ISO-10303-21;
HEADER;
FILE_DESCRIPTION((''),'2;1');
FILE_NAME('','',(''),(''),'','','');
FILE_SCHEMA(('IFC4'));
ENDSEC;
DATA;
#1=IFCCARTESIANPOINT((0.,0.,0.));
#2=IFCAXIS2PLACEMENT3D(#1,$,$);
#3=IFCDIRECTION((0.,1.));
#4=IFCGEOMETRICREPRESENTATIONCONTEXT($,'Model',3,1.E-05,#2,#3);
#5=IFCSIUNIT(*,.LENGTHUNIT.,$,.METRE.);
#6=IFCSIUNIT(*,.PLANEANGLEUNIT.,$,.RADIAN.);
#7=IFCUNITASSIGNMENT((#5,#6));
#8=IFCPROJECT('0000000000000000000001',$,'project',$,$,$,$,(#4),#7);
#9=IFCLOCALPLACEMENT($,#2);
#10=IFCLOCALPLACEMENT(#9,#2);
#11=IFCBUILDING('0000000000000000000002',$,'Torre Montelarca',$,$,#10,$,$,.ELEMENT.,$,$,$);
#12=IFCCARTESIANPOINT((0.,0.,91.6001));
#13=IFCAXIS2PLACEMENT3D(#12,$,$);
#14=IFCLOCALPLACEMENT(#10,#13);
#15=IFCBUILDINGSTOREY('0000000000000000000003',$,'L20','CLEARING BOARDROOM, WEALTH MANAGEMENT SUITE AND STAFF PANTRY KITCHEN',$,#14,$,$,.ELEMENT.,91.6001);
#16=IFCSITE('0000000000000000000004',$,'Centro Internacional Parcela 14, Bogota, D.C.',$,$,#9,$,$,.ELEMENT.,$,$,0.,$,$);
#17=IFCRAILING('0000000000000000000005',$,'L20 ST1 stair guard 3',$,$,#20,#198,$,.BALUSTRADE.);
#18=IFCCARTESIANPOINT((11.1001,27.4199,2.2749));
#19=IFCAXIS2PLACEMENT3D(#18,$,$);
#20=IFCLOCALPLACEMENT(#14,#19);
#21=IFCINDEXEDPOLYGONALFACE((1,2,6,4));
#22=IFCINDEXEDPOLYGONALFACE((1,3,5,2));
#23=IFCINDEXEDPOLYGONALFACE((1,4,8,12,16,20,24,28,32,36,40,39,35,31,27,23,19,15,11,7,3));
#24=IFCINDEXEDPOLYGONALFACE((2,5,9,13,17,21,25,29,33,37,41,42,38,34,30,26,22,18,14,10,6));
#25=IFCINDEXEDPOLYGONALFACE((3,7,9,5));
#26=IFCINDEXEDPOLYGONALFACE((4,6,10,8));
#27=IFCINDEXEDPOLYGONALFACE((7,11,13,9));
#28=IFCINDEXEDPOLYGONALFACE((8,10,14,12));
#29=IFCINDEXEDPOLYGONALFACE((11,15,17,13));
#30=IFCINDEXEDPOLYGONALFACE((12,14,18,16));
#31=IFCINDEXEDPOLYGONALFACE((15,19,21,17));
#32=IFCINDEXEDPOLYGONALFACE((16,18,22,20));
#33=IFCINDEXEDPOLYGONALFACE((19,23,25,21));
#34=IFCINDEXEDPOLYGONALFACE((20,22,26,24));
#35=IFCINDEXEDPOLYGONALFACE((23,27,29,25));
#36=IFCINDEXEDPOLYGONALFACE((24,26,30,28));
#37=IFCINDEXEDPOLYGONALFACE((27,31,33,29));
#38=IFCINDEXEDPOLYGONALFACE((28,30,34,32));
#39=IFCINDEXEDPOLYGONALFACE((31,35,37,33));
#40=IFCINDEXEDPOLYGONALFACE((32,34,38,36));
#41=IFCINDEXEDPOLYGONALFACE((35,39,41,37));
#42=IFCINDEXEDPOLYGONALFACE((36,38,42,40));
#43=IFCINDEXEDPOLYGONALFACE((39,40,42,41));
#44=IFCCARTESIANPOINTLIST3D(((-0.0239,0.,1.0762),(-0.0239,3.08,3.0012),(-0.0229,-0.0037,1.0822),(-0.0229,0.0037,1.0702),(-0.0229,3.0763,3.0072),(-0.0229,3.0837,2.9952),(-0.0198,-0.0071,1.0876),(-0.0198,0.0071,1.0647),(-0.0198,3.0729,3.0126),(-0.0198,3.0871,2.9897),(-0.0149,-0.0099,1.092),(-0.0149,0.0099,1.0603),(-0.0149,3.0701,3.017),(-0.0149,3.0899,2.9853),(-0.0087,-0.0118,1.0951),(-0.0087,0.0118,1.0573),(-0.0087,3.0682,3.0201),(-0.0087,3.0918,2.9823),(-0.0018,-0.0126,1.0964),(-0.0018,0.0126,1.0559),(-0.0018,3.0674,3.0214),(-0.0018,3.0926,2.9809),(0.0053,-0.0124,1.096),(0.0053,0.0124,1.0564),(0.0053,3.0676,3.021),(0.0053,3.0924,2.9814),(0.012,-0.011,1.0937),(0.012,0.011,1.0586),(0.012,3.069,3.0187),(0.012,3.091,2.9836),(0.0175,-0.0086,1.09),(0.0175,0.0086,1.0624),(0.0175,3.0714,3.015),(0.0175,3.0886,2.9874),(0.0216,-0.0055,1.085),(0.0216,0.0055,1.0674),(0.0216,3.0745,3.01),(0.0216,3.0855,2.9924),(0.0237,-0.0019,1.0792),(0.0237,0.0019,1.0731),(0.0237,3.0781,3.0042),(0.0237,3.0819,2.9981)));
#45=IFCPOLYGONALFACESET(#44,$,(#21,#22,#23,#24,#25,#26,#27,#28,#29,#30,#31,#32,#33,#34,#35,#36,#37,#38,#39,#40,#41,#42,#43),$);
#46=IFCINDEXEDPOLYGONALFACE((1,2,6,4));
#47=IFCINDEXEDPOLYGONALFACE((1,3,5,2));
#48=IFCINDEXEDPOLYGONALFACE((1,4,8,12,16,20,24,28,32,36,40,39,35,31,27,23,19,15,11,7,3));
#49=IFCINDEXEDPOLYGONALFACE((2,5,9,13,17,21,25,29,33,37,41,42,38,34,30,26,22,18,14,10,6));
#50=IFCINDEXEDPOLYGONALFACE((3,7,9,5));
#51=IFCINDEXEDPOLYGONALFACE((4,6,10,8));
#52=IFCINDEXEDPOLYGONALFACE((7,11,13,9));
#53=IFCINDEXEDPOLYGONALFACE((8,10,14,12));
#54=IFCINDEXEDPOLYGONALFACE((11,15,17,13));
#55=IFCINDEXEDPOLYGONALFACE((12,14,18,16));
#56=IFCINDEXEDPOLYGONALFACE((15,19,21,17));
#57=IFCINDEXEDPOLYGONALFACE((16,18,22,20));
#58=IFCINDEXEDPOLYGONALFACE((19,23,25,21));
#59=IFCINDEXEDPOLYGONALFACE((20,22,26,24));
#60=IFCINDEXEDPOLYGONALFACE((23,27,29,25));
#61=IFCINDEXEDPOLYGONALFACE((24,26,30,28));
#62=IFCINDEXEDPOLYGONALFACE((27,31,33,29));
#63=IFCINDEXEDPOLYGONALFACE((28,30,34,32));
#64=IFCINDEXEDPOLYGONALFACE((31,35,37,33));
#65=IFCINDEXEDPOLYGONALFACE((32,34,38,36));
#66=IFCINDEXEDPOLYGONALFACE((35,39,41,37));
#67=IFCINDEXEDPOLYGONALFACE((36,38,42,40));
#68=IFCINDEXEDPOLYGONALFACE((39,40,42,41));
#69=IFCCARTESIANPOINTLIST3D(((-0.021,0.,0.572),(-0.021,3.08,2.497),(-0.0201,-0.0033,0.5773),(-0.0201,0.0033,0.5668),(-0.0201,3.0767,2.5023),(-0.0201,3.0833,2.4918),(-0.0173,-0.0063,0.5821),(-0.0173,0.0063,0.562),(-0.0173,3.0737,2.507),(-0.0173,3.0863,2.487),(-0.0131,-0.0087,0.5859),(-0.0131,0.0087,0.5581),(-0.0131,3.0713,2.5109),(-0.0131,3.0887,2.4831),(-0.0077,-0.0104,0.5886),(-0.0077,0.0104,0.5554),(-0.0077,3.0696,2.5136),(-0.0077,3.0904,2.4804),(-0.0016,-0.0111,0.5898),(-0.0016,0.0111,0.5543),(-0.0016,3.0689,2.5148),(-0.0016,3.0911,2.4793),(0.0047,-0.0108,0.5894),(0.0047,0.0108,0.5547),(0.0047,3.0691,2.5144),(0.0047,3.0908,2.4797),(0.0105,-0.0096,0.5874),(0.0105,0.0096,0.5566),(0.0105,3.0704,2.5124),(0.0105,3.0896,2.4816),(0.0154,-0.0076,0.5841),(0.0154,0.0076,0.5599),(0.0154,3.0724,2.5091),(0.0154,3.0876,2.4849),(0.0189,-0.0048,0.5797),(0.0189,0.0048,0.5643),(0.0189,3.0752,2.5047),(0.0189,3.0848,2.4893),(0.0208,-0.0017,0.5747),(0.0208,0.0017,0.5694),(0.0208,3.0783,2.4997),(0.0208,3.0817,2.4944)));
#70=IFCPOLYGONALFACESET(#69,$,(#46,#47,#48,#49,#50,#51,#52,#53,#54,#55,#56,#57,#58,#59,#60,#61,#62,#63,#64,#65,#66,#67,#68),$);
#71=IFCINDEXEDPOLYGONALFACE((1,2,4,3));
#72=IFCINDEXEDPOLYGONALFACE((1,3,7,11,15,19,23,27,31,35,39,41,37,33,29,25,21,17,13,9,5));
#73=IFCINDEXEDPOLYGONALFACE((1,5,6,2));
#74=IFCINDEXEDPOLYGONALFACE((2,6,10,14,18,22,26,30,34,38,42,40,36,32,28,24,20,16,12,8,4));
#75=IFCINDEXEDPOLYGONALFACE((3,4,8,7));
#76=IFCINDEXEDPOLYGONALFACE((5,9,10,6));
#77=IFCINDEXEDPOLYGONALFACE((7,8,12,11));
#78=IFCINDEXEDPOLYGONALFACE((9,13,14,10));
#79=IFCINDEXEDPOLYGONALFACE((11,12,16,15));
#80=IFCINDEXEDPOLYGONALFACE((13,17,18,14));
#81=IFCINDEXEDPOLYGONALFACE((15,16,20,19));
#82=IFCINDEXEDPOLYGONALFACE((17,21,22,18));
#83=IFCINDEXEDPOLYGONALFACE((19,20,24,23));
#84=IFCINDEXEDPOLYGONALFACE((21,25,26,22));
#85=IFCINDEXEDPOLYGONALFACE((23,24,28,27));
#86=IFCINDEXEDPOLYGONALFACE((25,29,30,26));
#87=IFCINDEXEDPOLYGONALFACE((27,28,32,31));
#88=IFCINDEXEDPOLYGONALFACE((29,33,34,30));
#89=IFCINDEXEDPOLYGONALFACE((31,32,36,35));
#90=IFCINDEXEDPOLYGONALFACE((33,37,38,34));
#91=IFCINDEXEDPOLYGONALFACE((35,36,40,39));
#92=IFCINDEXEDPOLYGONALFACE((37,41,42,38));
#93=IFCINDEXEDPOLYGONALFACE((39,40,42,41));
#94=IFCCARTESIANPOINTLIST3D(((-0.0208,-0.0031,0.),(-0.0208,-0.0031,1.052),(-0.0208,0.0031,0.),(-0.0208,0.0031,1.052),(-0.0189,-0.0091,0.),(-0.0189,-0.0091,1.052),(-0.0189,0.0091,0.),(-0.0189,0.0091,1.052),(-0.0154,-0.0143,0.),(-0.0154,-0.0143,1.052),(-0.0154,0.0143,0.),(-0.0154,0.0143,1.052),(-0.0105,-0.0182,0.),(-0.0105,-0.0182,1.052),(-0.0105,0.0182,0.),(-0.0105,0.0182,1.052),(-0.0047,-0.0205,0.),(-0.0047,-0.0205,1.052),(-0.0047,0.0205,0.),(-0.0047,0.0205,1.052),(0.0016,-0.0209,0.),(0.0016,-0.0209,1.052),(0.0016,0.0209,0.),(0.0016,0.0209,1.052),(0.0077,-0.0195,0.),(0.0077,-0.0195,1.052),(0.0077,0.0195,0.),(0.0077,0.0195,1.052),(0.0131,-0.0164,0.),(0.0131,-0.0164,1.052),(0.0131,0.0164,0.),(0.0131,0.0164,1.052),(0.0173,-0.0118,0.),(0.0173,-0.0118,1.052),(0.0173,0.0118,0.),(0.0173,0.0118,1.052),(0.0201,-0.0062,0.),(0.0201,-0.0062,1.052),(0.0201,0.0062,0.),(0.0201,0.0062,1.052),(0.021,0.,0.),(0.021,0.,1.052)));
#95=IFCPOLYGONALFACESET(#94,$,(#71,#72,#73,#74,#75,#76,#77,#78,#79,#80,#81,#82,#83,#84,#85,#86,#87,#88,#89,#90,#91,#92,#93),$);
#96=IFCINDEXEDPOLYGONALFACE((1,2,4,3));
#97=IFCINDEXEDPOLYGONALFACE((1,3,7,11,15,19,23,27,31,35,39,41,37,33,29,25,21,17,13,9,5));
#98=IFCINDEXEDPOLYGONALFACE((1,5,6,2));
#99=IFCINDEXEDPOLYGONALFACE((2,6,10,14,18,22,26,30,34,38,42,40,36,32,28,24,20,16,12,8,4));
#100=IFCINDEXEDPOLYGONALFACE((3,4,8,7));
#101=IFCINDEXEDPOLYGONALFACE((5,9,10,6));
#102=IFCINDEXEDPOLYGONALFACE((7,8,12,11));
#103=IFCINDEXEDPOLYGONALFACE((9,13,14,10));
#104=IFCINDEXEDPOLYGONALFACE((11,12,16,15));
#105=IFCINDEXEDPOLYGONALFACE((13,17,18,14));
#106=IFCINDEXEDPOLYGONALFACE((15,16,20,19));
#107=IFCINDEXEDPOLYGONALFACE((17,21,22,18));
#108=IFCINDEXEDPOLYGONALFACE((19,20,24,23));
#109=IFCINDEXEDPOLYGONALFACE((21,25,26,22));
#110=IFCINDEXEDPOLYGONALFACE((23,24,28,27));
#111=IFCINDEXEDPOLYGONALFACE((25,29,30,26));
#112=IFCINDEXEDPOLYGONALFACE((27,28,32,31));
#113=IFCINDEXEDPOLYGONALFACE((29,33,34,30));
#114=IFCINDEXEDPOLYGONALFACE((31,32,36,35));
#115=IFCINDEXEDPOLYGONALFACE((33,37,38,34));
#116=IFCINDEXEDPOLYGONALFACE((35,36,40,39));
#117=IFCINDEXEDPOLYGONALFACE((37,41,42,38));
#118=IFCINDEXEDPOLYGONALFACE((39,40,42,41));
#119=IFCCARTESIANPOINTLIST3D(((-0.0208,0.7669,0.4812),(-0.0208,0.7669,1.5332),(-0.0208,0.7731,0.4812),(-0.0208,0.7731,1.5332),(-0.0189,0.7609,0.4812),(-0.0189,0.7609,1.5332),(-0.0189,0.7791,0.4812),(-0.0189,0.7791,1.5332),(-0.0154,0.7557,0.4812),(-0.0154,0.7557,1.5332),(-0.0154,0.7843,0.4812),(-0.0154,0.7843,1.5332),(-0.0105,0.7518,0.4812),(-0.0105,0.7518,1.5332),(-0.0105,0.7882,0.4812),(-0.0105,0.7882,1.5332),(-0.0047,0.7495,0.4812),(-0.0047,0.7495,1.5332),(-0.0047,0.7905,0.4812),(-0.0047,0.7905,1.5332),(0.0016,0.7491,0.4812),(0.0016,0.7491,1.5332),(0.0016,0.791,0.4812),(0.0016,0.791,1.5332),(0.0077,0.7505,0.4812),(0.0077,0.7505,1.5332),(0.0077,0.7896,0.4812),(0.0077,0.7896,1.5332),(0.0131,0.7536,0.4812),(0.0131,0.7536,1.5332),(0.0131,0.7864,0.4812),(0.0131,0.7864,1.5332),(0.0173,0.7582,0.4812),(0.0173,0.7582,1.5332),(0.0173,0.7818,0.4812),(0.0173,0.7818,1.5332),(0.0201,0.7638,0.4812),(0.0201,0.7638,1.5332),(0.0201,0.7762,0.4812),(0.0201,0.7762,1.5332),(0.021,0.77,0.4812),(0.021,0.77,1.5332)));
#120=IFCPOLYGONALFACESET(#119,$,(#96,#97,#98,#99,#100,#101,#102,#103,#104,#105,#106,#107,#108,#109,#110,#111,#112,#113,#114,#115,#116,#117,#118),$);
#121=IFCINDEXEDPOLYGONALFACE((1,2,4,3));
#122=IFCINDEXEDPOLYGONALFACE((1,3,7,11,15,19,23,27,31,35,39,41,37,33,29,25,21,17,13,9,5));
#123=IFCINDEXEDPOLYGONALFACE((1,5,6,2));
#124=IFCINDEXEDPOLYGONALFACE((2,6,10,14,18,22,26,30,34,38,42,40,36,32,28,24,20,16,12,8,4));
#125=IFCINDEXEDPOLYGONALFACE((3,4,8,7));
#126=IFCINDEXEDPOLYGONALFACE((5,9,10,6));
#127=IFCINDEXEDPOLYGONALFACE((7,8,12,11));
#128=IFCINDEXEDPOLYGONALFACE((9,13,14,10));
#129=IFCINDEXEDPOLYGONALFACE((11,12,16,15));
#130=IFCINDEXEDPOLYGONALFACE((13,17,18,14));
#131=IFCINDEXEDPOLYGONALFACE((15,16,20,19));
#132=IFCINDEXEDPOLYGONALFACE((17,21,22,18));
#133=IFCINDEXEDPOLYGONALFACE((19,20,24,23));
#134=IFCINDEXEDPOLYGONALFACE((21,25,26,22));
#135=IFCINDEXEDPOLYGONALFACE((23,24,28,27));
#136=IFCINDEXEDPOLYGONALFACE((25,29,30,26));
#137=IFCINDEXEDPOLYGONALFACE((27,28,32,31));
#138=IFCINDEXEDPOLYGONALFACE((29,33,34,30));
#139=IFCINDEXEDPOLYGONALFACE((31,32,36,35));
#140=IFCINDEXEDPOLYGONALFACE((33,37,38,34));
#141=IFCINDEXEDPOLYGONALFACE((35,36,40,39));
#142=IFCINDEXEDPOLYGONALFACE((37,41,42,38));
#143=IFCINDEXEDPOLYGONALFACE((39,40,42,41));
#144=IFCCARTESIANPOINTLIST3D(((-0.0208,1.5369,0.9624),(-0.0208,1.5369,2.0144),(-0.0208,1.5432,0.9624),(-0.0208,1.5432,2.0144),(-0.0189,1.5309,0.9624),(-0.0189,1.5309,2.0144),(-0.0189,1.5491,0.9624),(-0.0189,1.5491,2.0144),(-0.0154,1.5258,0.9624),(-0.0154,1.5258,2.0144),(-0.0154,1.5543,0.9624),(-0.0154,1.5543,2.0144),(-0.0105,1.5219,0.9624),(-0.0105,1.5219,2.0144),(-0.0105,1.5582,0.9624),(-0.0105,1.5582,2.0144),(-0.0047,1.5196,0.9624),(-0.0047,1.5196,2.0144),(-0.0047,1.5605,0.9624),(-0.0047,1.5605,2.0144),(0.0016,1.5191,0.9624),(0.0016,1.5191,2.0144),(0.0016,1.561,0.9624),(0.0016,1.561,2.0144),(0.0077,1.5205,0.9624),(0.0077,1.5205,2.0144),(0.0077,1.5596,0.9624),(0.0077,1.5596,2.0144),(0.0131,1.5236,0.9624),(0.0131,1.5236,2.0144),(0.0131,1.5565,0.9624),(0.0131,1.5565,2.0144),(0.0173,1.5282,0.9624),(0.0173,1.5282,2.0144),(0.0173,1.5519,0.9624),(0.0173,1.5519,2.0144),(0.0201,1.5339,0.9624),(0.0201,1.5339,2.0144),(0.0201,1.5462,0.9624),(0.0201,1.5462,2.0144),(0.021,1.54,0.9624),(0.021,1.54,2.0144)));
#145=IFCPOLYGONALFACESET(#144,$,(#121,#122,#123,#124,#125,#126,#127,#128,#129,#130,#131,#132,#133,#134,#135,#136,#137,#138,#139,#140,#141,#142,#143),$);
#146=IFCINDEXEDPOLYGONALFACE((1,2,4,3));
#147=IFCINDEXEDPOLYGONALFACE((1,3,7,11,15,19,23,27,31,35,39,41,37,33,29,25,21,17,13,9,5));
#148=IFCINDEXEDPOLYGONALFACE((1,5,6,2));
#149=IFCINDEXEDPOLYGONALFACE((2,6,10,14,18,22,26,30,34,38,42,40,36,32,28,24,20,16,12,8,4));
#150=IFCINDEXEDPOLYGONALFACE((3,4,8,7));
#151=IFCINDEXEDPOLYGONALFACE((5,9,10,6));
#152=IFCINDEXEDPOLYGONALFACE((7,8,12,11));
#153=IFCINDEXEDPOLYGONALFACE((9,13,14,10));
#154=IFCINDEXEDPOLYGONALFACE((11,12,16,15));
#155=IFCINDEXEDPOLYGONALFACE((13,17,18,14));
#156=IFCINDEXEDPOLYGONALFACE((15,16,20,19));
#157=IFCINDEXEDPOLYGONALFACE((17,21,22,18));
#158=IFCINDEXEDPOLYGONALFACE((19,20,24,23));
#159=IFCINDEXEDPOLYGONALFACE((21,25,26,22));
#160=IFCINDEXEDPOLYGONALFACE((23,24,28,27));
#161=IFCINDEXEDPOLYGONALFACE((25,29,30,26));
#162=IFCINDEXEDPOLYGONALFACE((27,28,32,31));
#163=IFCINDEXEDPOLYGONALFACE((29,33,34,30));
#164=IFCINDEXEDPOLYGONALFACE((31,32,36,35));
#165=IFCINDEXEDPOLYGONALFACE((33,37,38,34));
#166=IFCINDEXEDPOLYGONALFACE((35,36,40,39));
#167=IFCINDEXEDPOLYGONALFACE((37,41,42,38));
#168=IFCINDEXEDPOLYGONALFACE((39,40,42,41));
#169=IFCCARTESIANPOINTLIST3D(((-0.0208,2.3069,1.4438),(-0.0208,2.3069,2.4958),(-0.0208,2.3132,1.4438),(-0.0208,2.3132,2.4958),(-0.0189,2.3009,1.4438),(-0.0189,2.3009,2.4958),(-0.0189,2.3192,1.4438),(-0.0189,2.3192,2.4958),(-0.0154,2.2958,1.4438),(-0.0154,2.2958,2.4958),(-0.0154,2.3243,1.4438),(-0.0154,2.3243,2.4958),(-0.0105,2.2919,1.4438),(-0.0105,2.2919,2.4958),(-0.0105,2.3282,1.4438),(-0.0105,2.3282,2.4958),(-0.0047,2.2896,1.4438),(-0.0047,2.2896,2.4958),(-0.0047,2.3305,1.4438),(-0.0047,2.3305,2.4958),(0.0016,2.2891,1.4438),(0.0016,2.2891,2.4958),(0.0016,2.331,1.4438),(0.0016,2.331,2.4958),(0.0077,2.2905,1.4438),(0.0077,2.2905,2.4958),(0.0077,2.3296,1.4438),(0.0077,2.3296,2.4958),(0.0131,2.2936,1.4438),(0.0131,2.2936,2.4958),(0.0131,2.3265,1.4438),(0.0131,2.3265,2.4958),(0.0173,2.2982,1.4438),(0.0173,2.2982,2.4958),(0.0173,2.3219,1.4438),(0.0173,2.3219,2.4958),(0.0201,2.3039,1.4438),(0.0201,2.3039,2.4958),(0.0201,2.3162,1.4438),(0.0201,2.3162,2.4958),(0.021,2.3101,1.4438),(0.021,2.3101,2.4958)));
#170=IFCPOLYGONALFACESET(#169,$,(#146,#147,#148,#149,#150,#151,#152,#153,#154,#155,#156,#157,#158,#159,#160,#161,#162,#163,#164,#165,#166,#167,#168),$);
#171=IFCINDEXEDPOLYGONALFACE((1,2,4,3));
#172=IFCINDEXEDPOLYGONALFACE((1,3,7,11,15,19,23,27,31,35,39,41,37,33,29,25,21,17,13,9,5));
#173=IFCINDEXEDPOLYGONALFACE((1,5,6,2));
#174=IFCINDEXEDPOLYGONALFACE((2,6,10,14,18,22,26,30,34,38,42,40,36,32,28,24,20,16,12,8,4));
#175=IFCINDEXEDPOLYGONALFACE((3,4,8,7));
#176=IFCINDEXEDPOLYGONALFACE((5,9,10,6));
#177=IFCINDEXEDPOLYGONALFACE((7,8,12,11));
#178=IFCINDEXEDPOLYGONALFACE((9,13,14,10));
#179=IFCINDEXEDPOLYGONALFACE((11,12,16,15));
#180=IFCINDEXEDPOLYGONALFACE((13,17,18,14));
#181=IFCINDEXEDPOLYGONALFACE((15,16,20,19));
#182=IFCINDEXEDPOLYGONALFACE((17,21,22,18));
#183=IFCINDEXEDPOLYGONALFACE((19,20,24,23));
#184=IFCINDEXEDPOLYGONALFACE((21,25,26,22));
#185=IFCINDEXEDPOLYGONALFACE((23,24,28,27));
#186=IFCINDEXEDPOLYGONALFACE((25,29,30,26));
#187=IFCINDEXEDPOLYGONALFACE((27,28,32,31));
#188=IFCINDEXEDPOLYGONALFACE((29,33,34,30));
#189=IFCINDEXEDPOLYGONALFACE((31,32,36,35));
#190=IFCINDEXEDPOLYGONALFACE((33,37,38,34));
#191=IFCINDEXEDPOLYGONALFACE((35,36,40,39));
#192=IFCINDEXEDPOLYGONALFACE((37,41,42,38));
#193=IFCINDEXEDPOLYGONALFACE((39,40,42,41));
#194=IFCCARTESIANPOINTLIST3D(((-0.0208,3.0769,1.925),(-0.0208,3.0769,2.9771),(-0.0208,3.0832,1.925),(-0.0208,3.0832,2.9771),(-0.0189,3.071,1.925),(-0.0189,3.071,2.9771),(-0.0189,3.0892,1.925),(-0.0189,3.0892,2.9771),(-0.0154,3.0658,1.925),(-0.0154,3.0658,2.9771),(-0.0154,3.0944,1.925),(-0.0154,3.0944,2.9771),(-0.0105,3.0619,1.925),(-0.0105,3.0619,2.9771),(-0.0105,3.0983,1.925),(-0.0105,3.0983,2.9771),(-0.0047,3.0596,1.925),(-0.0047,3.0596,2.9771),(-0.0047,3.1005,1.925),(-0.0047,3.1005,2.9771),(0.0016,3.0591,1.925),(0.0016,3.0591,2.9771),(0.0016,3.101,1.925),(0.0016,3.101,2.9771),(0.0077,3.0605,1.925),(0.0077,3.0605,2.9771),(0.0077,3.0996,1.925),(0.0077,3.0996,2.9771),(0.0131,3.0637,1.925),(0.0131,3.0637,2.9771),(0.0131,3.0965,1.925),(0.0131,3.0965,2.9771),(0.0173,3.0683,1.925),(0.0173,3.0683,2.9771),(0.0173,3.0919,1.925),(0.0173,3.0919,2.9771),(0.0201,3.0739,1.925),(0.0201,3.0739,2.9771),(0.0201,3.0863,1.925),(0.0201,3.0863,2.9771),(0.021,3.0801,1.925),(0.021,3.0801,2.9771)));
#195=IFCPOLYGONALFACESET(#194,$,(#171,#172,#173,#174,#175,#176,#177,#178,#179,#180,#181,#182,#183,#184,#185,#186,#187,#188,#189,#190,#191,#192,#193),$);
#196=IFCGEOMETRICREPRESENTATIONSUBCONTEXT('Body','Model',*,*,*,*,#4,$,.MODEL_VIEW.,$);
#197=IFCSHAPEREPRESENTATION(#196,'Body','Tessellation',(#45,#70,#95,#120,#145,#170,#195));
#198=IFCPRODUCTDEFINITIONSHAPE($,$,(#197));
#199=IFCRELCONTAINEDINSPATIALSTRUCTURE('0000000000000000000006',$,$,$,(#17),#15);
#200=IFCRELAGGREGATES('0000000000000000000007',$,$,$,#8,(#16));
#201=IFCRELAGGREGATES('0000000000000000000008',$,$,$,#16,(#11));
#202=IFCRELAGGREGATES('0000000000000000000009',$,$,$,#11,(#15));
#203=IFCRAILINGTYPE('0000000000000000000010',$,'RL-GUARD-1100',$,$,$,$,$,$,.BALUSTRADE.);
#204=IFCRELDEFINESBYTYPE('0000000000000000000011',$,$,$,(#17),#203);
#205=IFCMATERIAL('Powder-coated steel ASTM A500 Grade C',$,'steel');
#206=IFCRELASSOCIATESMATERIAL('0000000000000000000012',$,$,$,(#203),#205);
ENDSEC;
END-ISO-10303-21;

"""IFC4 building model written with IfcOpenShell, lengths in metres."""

from ifc_helpers import new_model, si_unit, direction, frame, origin, origin_2d, place, context, subcontext, project, spatial, circle, extrude, material, type_object, element, save


model = new_model("IFC4")

# Units and contexts
model_context = context("Model", 3, precision=1e-05, world=origin(), true_north=direction((0.0, 1.0)))
body_context = subcontext(model_context, "Body", "Model", "MODEL_VIEW")
ifc_project = project(units=[si_unit("LENGTHUNIT", "METRE"), si_unit("PLANEANGLEUNIT", "RADIAN")], contexts=[model_context])

# Site, building, storey
site_placement = place(None, origin())
site = spatial("IfcSite", under=ifc_project, at=site_placement, Name="Centro Internacional Parcela 14, Bogota, D.C.", CompositionType="ELEMENT", RefElevation=0.0)
building_placement = place(site_placement, origin())
building = spatial("IfcBuilding", under=site, at=building_placement, Name="Torre Montelarca", CompositionType="ELEMENT")
storey_placement = place(building_placement, frame((0.0, 0.0, 91.6001)))
storey = spatial("IfcBuildingStorey", under=building, at=storey_placement, Name="L20", Description="CLEARING BOARDROOM, WEALTH MANAGEMENT SUITE AND STAFF PANTRY KITCHEN", CompositionType="ELEMENT", Elevation=91.6001)

# Railing
ifc_material_1 = material(Name="Powder-coated steel ASTM A500 Grade C", Category="steel")
railing_type_1 = type_object("IfcRailingType", Name="RL-GUARD-1100", PredefinedType="BALUSTRADE", material=ifc_material_1)
railing_1_placement = place(storey_placement, frame((11.1001, 27.4199, 2.2749)))
element("IfcRailing", 1, at=railing_1_placement, inside=storey, type_object=railing_type_1, Name="L20 ST1 stair guard 3", PredefinedType="BALUSTRADE", context=body_context, shape_type="SweptSolid", body=[
    extrude(circle(Radius=0.0239, at=origin_2d()), frame((0.0, 0.0, 1.0762), z_axis=(0.0, 0.847998, 0.529999), x_axis=(-1.0, 0.0, 0.0)), (0.0, 0.0, 1.0), 3.6321),
    extrude(circle(Radius=0.021, at=origin_2d()), frame((0.0, 0.0, 0.572), z_axis=(0.0, 0.847998, 0.529999), x_axis=(-1.0, 0.0, 0.0)), (0.0, 0.0, 1.0), 3.6321),
    extrude(circle(Radius=0.021, at=origin_2d()), origin(), (0.0, 0.0, 1.0), 1.052),
    extrude(circle(Radius=0.021, at=origin_2d()), frame((0.0, 0.77, 0.4812)), (0.0, 0.0, 1.0), 1.052),
    extrude(circle(Radius=0.021, at=origin_2d()), frame((0.0, 1.54, 0.9624)), (0.0, 0.0, 1.0), 1.052),
    extrude(circle(Radius=0.021, at=origin_2d()), frame((0.0, 2.3101, 1.4438)), (0.0, 0.0, 1.0), 1.052),
    extrude(circle(Radius=0.021, at=origin_2d()), frame((0.0, 3.0801, 1.925)), (0.0, 0.0, 1.0), 1.052),
])

save(model, "model.ifc")
